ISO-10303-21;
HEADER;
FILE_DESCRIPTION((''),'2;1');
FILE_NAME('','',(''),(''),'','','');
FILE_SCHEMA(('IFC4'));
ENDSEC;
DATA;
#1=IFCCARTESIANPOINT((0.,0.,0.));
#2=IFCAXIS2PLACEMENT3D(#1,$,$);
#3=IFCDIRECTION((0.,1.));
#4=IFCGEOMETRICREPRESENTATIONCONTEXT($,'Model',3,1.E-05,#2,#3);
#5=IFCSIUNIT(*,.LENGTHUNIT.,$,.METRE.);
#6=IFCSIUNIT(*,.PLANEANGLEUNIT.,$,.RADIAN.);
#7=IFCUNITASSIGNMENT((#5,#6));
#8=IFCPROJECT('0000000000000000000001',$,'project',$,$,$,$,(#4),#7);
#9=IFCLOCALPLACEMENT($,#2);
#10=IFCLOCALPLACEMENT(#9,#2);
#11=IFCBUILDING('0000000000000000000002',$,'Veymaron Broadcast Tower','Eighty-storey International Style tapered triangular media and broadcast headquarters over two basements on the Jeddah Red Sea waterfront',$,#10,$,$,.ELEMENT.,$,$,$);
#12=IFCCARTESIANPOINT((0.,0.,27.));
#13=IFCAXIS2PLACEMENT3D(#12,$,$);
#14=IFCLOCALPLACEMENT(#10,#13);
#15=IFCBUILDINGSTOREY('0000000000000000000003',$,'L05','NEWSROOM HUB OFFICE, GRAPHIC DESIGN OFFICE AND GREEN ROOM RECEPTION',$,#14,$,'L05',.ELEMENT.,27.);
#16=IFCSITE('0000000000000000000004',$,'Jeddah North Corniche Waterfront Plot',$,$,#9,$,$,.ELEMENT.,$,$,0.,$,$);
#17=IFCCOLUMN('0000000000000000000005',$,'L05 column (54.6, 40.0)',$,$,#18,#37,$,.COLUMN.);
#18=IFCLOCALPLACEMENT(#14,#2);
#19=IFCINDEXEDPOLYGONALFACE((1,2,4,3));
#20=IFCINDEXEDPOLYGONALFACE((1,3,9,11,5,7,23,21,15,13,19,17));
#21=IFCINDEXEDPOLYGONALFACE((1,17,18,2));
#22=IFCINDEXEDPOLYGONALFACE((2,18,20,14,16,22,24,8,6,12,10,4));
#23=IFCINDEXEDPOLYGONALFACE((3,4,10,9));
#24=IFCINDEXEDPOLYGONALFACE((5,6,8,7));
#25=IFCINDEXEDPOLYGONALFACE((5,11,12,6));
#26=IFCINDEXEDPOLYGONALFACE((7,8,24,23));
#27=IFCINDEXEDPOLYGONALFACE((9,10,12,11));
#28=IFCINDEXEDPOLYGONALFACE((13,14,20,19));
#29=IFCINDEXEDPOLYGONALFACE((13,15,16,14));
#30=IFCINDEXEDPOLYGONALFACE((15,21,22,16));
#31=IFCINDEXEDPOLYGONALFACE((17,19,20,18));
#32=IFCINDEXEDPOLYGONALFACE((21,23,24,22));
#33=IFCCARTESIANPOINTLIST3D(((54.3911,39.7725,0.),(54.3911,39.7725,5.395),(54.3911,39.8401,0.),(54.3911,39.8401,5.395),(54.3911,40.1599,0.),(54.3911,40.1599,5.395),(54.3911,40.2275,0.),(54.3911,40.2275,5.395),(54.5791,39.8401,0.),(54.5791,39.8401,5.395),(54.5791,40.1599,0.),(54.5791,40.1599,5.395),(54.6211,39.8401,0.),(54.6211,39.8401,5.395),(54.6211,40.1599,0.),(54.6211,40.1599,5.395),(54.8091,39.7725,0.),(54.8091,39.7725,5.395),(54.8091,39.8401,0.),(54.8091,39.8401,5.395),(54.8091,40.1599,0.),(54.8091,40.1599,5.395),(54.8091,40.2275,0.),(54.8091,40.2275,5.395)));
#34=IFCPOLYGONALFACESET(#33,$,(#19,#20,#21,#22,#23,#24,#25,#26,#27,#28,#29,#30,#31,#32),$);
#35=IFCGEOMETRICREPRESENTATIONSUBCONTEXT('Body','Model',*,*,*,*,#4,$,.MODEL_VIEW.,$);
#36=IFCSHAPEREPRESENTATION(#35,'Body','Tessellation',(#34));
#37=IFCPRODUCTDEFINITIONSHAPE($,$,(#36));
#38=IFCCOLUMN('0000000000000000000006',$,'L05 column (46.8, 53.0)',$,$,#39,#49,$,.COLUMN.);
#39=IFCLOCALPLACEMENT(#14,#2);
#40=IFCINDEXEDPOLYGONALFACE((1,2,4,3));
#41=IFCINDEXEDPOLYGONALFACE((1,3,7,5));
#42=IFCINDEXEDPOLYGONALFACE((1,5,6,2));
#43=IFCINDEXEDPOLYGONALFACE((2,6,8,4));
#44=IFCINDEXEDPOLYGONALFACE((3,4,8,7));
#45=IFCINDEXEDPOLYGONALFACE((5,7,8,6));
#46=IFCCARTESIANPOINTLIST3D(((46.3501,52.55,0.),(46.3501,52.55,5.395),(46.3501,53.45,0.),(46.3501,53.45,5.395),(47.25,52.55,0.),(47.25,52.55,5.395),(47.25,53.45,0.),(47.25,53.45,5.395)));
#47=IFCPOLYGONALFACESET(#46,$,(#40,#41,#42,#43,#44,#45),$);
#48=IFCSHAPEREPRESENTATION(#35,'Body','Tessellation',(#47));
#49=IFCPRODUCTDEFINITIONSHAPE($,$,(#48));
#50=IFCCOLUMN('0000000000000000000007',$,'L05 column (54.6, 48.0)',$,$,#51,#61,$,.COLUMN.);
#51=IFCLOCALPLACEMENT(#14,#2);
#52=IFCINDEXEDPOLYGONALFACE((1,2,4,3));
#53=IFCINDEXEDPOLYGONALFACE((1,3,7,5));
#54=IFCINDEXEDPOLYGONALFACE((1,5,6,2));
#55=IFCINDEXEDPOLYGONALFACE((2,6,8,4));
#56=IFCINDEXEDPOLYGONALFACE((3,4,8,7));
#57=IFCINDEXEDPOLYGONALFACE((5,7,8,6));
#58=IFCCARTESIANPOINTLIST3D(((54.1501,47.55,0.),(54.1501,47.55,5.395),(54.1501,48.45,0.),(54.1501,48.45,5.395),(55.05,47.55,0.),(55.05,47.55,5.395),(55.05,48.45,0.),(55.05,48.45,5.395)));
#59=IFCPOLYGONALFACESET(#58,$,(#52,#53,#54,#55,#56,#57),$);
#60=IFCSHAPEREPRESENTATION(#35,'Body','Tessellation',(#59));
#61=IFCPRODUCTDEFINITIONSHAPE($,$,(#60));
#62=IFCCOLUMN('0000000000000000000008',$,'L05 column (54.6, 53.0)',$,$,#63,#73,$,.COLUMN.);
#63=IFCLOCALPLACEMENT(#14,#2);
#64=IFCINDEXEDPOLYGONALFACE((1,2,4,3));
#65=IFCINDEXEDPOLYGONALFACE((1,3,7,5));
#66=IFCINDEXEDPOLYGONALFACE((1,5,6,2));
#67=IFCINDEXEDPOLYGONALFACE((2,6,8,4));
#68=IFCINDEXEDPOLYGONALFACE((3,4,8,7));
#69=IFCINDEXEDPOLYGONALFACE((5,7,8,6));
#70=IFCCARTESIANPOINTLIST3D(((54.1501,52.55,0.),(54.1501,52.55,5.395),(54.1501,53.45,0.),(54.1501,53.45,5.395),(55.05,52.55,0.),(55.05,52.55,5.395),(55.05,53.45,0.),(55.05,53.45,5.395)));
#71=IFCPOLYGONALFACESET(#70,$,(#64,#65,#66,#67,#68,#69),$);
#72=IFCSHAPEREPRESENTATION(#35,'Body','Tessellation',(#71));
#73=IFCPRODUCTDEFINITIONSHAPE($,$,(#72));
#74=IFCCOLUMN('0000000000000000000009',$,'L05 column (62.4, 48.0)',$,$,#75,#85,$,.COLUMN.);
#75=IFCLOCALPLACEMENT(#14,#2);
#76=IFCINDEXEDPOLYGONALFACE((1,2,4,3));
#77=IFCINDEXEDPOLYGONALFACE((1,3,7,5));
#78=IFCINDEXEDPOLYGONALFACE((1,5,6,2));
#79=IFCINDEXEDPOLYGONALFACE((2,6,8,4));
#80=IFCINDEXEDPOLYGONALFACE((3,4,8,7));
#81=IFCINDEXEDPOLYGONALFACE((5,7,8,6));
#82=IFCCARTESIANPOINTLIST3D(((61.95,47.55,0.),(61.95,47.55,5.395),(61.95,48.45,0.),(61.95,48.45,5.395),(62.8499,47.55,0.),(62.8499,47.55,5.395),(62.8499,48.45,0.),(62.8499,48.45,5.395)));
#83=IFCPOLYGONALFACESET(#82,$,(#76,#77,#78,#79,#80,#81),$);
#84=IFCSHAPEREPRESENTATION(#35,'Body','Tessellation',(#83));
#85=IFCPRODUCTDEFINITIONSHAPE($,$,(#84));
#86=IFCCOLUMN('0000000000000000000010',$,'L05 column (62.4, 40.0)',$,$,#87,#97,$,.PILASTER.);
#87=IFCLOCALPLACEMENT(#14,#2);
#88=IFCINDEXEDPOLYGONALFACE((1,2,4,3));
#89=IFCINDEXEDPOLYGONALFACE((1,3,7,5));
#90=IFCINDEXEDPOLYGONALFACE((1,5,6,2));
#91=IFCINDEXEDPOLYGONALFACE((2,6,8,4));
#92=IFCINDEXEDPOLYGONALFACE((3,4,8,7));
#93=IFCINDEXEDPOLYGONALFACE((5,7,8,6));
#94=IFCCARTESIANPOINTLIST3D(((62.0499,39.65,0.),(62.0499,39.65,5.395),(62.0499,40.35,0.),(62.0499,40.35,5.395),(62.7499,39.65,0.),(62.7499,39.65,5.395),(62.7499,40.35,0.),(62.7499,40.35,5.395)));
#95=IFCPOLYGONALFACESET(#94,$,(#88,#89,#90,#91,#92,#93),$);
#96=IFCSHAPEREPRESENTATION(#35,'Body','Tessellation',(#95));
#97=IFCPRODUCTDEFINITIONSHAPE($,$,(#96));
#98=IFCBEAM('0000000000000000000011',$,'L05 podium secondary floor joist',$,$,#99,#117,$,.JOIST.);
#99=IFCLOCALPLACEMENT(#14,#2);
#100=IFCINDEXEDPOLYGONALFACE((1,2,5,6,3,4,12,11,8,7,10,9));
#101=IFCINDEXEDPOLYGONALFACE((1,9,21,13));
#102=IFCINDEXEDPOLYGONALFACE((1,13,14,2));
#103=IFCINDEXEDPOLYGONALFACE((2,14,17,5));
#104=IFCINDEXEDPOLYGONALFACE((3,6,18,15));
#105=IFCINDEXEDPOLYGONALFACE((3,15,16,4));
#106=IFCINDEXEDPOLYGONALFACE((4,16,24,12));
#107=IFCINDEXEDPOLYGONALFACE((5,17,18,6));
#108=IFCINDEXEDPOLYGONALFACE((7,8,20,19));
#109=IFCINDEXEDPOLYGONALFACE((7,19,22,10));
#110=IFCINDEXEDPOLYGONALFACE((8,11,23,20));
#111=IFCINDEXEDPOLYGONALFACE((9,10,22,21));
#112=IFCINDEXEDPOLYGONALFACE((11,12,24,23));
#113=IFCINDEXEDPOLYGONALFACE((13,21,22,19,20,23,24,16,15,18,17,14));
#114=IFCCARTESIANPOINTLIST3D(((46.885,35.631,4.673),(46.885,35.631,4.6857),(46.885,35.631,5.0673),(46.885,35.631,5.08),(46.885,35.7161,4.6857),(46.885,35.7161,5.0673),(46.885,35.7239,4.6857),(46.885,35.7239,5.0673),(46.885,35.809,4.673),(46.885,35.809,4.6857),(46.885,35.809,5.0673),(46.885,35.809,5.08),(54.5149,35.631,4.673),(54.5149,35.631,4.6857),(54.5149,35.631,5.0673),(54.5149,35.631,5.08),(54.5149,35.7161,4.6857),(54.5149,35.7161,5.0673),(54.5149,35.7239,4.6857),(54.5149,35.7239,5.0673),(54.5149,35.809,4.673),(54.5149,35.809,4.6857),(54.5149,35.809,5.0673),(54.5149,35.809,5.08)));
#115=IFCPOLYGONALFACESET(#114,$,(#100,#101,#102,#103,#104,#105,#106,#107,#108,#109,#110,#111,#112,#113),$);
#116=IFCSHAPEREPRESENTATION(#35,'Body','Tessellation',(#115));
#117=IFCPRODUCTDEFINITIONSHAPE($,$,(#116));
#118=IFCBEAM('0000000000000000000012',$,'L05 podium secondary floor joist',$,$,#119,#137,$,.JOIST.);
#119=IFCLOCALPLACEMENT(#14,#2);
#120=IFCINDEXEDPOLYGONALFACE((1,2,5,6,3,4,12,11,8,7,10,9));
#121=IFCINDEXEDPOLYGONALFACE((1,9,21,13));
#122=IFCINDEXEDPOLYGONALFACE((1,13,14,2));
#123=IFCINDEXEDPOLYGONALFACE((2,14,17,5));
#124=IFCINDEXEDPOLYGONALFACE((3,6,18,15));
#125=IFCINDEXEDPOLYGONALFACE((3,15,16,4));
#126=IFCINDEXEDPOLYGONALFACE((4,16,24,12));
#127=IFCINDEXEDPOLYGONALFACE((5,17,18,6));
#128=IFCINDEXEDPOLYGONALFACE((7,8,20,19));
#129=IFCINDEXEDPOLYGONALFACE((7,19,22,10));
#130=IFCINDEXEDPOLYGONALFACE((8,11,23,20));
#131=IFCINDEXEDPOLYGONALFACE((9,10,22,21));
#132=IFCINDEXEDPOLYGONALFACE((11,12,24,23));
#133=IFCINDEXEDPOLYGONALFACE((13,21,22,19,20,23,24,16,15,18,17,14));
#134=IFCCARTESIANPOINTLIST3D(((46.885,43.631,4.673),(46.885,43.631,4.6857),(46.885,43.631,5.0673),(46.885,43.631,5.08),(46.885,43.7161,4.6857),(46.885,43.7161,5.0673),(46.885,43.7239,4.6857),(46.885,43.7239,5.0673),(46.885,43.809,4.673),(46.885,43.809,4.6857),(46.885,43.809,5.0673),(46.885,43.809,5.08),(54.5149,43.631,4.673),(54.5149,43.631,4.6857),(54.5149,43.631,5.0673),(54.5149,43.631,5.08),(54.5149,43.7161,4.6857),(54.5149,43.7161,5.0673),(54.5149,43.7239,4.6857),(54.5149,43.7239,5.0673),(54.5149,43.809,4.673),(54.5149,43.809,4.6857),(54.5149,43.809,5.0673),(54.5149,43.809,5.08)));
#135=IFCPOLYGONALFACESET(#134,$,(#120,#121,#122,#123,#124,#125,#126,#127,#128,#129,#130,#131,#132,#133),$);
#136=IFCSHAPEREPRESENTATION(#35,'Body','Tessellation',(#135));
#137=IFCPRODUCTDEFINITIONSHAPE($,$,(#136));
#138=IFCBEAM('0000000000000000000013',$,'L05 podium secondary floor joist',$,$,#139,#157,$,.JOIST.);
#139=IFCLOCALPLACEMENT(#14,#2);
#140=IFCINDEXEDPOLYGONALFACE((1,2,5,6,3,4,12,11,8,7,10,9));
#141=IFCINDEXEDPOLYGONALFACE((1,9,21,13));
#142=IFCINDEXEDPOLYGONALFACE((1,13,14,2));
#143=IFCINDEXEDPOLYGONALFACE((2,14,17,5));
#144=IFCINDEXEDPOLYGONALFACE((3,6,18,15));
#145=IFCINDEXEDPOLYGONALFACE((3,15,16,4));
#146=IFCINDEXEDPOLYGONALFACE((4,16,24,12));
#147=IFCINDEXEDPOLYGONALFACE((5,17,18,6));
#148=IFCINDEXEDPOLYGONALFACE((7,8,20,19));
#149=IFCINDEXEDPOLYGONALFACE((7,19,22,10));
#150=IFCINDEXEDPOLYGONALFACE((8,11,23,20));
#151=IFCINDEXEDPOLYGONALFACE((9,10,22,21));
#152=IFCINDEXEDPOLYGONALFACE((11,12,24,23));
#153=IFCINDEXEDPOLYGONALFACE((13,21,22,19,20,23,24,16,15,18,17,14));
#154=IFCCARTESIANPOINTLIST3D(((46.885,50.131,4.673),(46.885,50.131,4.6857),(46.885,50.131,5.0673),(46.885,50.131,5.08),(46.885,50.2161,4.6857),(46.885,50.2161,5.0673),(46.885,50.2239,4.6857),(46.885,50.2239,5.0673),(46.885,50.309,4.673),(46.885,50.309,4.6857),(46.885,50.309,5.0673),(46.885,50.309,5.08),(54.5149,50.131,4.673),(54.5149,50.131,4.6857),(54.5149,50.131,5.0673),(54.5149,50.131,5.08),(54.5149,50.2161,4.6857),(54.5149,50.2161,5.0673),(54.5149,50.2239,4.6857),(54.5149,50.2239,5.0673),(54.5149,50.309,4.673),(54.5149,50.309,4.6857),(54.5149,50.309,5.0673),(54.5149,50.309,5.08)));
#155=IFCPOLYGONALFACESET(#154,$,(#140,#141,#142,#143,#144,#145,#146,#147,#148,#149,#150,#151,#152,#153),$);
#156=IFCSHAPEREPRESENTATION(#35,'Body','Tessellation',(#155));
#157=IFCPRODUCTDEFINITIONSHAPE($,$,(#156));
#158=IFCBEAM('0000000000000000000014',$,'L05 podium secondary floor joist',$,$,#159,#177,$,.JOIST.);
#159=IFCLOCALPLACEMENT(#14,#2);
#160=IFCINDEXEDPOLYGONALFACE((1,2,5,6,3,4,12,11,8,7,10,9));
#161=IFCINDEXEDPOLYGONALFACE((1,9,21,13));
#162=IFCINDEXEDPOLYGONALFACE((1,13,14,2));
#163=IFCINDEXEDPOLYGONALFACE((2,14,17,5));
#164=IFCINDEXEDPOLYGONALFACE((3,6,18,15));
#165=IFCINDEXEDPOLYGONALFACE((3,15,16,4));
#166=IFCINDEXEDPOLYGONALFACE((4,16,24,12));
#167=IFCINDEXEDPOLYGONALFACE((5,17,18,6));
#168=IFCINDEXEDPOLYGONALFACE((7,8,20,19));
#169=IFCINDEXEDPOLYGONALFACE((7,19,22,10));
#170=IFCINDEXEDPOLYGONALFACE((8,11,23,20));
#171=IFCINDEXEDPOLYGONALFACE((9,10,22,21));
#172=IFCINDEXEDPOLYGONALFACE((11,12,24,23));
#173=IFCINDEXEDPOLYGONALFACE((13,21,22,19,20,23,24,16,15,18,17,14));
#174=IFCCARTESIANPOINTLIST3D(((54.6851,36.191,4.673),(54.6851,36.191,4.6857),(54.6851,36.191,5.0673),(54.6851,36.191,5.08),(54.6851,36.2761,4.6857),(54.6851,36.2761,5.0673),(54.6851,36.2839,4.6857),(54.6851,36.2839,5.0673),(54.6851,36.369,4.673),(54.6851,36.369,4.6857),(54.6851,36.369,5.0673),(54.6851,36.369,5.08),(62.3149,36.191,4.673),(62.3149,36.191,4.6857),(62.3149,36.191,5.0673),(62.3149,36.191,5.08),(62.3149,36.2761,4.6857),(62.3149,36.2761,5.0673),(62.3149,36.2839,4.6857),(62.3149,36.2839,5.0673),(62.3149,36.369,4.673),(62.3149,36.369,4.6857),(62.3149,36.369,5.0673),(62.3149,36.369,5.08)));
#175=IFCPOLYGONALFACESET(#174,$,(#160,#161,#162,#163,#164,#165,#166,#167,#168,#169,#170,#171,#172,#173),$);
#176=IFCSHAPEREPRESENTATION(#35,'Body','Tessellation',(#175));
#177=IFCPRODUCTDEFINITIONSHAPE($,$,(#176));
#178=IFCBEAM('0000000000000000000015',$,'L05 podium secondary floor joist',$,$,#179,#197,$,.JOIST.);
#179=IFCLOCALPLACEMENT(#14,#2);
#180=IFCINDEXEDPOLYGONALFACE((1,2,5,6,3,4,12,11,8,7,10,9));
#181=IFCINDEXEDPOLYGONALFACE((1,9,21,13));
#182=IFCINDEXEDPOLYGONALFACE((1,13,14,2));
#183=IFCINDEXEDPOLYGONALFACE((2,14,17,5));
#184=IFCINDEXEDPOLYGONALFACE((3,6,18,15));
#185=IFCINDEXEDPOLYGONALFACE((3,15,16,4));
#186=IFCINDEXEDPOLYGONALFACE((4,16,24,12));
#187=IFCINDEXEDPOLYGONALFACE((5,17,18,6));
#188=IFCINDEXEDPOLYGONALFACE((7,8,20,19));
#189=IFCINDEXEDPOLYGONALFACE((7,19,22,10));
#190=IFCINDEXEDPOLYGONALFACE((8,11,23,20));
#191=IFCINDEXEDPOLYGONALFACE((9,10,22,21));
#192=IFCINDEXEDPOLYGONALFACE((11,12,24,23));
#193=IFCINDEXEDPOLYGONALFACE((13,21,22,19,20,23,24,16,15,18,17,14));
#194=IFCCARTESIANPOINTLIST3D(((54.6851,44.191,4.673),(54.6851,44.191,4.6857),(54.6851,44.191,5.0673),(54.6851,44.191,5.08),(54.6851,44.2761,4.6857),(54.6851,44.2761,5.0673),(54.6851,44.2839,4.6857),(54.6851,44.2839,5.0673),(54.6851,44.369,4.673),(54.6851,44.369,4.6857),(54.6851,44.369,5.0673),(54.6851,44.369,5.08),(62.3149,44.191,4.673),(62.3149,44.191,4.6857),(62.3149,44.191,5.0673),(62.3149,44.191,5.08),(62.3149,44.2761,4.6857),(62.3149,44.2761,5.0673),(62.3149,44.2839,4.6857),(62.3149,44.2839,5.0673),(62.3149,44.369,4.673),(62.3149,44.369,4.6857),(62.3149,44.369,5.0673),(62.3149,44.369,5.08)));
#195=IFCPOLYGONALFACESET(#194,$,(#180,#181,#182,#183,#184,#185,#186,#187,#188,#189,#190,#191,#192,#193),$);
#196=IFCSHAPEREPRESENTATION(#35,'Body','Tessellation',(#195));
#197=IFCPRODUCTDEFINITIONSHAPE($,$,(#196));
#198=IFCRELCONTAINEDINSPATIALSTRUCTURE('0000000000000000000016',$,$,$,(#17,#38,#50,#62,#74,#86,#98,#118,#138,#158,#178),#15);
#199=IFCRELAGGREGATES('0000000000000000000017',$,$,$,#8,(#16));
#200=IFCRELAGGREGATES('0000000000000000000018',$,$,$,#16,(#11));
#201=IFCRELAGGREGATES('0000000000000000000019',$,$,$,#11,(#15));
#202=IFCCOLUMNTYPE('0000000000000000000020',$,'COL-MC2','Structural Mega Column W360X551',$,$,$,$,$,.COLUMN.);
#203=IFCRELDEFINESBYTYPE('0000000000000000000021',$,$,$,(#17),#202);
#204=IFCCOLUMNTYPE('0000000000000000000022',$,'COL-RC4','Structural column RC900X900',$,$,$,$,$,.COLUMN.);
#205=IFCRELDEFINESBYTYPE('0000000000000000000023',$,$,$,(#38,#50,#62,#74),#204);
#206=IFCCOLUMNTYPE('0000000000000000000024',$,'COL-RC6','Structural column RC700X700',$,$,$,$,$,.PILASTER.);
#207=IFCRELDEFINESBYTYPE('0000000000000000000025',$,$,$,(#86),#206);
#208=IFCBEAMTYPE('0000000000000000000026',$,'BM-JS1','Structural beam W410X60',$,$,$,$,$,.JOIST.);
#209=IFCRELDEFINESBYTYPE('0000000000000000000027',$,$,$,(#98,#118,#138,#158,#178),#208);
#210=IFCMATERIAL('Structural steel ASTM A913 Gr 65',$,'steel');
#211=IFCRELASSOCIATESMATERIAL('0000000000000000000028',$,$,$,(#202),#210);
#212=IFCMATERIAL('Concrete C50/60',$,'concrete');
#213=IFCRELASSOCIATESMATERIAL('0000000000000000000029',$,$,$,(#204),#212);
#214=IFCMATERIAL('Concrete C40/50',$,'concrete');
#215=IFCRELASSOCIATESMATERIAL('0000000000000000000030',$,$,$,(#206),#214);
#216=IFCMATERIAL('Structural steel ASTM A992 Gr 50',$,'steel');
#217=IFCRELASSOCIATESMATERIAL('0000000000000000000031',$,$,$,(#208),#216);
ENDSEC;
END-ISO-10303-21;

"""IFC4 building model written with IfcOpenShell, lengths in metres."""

from ifc_helpers import new_model, si_unit, direction, frame, origin, origin_2d, place, context, subcontext, project, spatial, rectangle, i_section, extrude, material, material_profile, profile_set, type_object, element, save


model = new_model("IFC4")

# Units and contexts
model_context = context("Model", 3, precision=1e-05, world=origin(), true_north=direction((0.0, 1.0)))
body_context = subcontext(model_context, "Body", "Model", "MODEL_VIEW")
ifc_project = project(units=[si_unit("LENGTHUNIT", "METRE"), si_unit("PLANEANGLEUNIT", "RADIAN")], contexts=[model_context])

# Site, building, storey
site_placement = place(None, origin())
site = spatial("IfcSite", under=ifc_project, at=site_placement, Name="Jeddah North Corniche Waterfront Plot", CompositionType="ELEMENT", RefElevation=0.0)
building_placement = place(site_placement, origin())
building = spatial("IfcBuilding", under=site, at=building_placement, Name="Veymaron Broadcast Tower", Description="Eighty-storey International Style tapered triangular media and broadcast headquarters over two basements on the Jeddah Red Sea waterfront", CompositionType="ELEMENT")
storey_placement = place(building_placement, frame((0.0, 0.0, 27.0)))
storey = spatial("IfcBuildingStorey", under=building, at=storey_placement, Name="L05", Description="NEWSROOM HUB OFFICE, GRAPHIC DESIGN OFFICE AND GREEN ROOM RECEPTION", LongName="L05", CompositionType="ELEMENT", Elevation=27.0)

# Columns
ifc_material_1 = material(Name="Structural steel ASTM A913 Gr 65", Category="steel")
ifc_material_profile_1 = material_profile(ifc_material_1, i_section(OverallWidth=0.418, OverallDepth=0.4551, WebThickness=0.042, FlangeThickness=0.0676, at=origin_2d()), Name="W360X551")
ifc_profile_set_1 = profile_set([ifc_material_profile_1], Name="Structural steel ASTM A913 Gr 65")
column_type_1 = type_object("IfcColumnType", Name="COL-MC2", Description="Structural Mega Column W360X551", PredefinedType="COLUMN", material=ifc_profile_set_1)
column_1_placement = place(storey_placement, frame((54.6001, 40.0, 0.0), z_axis=(0.0, 0.0, 1.0), x_axis=(1.0, 0.0, 0.0)))
element("IfcColumn", 1, at=column_1_placement, inside=storey, type_object=column_type_1, Name="L05 column (54.6, 40.0)", PredefinedType="COLUMN", context=body_context, shape_type="SweptSolid", body=[
    extrude(i_section(OverallWidth=0.418, OverallDepth=0.4551, WebThickness=0.042, FlangeThickness=0.0676, at=origin_2d()), origin(), (0.0, 0.0, 1.0), 5.395),
])
ifc_material_2 = material(Name="Concrete C50/60", Category="concrete")
ifc_material_profile_2 = material_profile(ifc_material_2, rectangle(XDim=0.8999, YDim=0.8999, at=origin_2d()), Name="RC900X900")
ifc_profile_set_2 = profile_set([ifc_material_profile_2], Name="Concrete C50/60")
column_type_2 = type_object("IfcColumnType", Name="COL-RC4", Description="Structural column RC900X900", PredefinedType="COLUMN", material=ifc_profile_set_2)
for number, where, z_axis, x_axis, name in (
    (2, (46.8, 53.0, 0.0), (0.0, 0.0, 1.0), (1.0, 0.0, 0.0), "L05 column (46.8, 53.0)"),
    (3, (54.6001, 48.0, 0.0), (0.0, 0.0, 1.0), (1.0, 0.0, 0.0), "L05 column (54.6, 48.0)"),
    (4, (54.6001, 53.0, 0.0), (0.0, 0.0, 1.0), (1.0, 0.0, 0.0), "L05 column (54.6, 53.0)"),
    (5, (62.3999, 48.0, 0.0), (0.0, 0.0, 1.0), (1.0, 0.0, 0.0), "L05 column (62.4, 48.0)"),
):
    element("IfcColumn", number, at=place(storey_placement, frame(where, z_axis=z_axis, x_axis=x_axis)), inside=storey, type_object=column_type_2, Name=name, PredefinedType="COLUMN", context=body_context, shape_type="SweptSolid", body=[
        extrude(rectangle(XDim=0.8999, YDim=0.8999, at=origin_2d()), origin(), (0.0, 0.0, 1.0), 5.395),
    ])
ifc_material_3 = material(Name="Concrete C40/50", Category="concrete")
ifc_material_profile_3 = material_profile(ifc_material_3, rectangle(XDim=0.7, YDim=0.7, at=origin_2d()), Name="RC700X700")
ifc_profile_set_3 = profile_set([ifc_material_profile_3], Name="Concrete C40/50")
column_type_3 = type_object("IfcColumnType", Name="COL-RC6", Description="Structural column RC700X700", PredefinedType="PILASTER", material=ifc_profile_set_3)
column_2_placement = place(storey_placement, frame((62.3999, 40.0, 0.0), z_axis=(0.0, 0.0, 1.0), x_axis=(1.0, 0.0, 0.0)))
element("IfcColumn", 6, at=column_2_placement, inside=storey, type_object=column_type_3, Name="L05 column (62.4, 40.0)", PredefinedType="PILASTER", context=body_context, shape_type="SweptSolid", body=[
    extrude(rectangle(XDim=0.7, YDim=0.7, at=origin_2d()), origin(), (0.0, 0.0, 1.0), 5.395),
])

# Beams
ifc_material_4 = material(Name="Structural steel ASTM A992 Gr 50", Category="steel")
ifc_material_profile_4 = material_profile(ifc_material_4, i_section(OverallWidth=0.178, OverallDepth=0.407, WebThickness=0.0078, FlangeThickness=0.0127, at=origin_2d()), Name="W410X60")
ifc_profile_set_4 = profile_set([ifc_material_profile_4], Name="Structural steel ASTM A992 Gr 50")
beam_type_1 = type_object("IfcBeamType", Name="BM-JS1", Description="Structural beam W410X60", PredefinedType="JOIST", material=ifc_profile_set_4)
for number, where, z_axis, x_axis, name in (
    (7, (46.885, 35.72, 4.8765), (1.0, 0.0, 0.0), (0.0, 1.0, 0.0), "L05 podium secondary floor joist"),
    (8, (46.885, 43.72, 4.8765), (1.0, 0.0, 0.0), (0.0, 1.0, 0.0), "L05 podium secondary floor joist"),
    (9, (46.885, 50.22, 4.8765), (1.0, 0.0, 0.0), (0.0, 1.0, 0.0), "L05 podium secondary floor joist"),
    (10, (54.6851, 36.28, 4.8765), (1.0, 0.0, 0.0), (0.0, 1.0, 0.0), "L05 podium secondary floor joist"),
    (11, (54.6851, 44.28, 4.8765), (1.0, 0.0, 0.0), (0.0, 1.0, 0.0), "L05 podium secondary floor joist"),
):
    element("IfcBeam", number, at=place(storey_placement, frame(where, z_axis=z_axis, x_axis=x_axis)), inside=storey, type_object=beam_type_1, Name=name, PredefinedType="JOIST", context=body_context, shape_type="SweptSolid", body=[
        extrude(i_section(OverallWidth=0.178, OverallDepth=0.407, WebThickness=0.0078, FlangeThickness=0.0127, at=origin_2d()), origin(), (0.0, 0.0, 1.0), 7.6299),
    ])

save(model, "model.ifc")
